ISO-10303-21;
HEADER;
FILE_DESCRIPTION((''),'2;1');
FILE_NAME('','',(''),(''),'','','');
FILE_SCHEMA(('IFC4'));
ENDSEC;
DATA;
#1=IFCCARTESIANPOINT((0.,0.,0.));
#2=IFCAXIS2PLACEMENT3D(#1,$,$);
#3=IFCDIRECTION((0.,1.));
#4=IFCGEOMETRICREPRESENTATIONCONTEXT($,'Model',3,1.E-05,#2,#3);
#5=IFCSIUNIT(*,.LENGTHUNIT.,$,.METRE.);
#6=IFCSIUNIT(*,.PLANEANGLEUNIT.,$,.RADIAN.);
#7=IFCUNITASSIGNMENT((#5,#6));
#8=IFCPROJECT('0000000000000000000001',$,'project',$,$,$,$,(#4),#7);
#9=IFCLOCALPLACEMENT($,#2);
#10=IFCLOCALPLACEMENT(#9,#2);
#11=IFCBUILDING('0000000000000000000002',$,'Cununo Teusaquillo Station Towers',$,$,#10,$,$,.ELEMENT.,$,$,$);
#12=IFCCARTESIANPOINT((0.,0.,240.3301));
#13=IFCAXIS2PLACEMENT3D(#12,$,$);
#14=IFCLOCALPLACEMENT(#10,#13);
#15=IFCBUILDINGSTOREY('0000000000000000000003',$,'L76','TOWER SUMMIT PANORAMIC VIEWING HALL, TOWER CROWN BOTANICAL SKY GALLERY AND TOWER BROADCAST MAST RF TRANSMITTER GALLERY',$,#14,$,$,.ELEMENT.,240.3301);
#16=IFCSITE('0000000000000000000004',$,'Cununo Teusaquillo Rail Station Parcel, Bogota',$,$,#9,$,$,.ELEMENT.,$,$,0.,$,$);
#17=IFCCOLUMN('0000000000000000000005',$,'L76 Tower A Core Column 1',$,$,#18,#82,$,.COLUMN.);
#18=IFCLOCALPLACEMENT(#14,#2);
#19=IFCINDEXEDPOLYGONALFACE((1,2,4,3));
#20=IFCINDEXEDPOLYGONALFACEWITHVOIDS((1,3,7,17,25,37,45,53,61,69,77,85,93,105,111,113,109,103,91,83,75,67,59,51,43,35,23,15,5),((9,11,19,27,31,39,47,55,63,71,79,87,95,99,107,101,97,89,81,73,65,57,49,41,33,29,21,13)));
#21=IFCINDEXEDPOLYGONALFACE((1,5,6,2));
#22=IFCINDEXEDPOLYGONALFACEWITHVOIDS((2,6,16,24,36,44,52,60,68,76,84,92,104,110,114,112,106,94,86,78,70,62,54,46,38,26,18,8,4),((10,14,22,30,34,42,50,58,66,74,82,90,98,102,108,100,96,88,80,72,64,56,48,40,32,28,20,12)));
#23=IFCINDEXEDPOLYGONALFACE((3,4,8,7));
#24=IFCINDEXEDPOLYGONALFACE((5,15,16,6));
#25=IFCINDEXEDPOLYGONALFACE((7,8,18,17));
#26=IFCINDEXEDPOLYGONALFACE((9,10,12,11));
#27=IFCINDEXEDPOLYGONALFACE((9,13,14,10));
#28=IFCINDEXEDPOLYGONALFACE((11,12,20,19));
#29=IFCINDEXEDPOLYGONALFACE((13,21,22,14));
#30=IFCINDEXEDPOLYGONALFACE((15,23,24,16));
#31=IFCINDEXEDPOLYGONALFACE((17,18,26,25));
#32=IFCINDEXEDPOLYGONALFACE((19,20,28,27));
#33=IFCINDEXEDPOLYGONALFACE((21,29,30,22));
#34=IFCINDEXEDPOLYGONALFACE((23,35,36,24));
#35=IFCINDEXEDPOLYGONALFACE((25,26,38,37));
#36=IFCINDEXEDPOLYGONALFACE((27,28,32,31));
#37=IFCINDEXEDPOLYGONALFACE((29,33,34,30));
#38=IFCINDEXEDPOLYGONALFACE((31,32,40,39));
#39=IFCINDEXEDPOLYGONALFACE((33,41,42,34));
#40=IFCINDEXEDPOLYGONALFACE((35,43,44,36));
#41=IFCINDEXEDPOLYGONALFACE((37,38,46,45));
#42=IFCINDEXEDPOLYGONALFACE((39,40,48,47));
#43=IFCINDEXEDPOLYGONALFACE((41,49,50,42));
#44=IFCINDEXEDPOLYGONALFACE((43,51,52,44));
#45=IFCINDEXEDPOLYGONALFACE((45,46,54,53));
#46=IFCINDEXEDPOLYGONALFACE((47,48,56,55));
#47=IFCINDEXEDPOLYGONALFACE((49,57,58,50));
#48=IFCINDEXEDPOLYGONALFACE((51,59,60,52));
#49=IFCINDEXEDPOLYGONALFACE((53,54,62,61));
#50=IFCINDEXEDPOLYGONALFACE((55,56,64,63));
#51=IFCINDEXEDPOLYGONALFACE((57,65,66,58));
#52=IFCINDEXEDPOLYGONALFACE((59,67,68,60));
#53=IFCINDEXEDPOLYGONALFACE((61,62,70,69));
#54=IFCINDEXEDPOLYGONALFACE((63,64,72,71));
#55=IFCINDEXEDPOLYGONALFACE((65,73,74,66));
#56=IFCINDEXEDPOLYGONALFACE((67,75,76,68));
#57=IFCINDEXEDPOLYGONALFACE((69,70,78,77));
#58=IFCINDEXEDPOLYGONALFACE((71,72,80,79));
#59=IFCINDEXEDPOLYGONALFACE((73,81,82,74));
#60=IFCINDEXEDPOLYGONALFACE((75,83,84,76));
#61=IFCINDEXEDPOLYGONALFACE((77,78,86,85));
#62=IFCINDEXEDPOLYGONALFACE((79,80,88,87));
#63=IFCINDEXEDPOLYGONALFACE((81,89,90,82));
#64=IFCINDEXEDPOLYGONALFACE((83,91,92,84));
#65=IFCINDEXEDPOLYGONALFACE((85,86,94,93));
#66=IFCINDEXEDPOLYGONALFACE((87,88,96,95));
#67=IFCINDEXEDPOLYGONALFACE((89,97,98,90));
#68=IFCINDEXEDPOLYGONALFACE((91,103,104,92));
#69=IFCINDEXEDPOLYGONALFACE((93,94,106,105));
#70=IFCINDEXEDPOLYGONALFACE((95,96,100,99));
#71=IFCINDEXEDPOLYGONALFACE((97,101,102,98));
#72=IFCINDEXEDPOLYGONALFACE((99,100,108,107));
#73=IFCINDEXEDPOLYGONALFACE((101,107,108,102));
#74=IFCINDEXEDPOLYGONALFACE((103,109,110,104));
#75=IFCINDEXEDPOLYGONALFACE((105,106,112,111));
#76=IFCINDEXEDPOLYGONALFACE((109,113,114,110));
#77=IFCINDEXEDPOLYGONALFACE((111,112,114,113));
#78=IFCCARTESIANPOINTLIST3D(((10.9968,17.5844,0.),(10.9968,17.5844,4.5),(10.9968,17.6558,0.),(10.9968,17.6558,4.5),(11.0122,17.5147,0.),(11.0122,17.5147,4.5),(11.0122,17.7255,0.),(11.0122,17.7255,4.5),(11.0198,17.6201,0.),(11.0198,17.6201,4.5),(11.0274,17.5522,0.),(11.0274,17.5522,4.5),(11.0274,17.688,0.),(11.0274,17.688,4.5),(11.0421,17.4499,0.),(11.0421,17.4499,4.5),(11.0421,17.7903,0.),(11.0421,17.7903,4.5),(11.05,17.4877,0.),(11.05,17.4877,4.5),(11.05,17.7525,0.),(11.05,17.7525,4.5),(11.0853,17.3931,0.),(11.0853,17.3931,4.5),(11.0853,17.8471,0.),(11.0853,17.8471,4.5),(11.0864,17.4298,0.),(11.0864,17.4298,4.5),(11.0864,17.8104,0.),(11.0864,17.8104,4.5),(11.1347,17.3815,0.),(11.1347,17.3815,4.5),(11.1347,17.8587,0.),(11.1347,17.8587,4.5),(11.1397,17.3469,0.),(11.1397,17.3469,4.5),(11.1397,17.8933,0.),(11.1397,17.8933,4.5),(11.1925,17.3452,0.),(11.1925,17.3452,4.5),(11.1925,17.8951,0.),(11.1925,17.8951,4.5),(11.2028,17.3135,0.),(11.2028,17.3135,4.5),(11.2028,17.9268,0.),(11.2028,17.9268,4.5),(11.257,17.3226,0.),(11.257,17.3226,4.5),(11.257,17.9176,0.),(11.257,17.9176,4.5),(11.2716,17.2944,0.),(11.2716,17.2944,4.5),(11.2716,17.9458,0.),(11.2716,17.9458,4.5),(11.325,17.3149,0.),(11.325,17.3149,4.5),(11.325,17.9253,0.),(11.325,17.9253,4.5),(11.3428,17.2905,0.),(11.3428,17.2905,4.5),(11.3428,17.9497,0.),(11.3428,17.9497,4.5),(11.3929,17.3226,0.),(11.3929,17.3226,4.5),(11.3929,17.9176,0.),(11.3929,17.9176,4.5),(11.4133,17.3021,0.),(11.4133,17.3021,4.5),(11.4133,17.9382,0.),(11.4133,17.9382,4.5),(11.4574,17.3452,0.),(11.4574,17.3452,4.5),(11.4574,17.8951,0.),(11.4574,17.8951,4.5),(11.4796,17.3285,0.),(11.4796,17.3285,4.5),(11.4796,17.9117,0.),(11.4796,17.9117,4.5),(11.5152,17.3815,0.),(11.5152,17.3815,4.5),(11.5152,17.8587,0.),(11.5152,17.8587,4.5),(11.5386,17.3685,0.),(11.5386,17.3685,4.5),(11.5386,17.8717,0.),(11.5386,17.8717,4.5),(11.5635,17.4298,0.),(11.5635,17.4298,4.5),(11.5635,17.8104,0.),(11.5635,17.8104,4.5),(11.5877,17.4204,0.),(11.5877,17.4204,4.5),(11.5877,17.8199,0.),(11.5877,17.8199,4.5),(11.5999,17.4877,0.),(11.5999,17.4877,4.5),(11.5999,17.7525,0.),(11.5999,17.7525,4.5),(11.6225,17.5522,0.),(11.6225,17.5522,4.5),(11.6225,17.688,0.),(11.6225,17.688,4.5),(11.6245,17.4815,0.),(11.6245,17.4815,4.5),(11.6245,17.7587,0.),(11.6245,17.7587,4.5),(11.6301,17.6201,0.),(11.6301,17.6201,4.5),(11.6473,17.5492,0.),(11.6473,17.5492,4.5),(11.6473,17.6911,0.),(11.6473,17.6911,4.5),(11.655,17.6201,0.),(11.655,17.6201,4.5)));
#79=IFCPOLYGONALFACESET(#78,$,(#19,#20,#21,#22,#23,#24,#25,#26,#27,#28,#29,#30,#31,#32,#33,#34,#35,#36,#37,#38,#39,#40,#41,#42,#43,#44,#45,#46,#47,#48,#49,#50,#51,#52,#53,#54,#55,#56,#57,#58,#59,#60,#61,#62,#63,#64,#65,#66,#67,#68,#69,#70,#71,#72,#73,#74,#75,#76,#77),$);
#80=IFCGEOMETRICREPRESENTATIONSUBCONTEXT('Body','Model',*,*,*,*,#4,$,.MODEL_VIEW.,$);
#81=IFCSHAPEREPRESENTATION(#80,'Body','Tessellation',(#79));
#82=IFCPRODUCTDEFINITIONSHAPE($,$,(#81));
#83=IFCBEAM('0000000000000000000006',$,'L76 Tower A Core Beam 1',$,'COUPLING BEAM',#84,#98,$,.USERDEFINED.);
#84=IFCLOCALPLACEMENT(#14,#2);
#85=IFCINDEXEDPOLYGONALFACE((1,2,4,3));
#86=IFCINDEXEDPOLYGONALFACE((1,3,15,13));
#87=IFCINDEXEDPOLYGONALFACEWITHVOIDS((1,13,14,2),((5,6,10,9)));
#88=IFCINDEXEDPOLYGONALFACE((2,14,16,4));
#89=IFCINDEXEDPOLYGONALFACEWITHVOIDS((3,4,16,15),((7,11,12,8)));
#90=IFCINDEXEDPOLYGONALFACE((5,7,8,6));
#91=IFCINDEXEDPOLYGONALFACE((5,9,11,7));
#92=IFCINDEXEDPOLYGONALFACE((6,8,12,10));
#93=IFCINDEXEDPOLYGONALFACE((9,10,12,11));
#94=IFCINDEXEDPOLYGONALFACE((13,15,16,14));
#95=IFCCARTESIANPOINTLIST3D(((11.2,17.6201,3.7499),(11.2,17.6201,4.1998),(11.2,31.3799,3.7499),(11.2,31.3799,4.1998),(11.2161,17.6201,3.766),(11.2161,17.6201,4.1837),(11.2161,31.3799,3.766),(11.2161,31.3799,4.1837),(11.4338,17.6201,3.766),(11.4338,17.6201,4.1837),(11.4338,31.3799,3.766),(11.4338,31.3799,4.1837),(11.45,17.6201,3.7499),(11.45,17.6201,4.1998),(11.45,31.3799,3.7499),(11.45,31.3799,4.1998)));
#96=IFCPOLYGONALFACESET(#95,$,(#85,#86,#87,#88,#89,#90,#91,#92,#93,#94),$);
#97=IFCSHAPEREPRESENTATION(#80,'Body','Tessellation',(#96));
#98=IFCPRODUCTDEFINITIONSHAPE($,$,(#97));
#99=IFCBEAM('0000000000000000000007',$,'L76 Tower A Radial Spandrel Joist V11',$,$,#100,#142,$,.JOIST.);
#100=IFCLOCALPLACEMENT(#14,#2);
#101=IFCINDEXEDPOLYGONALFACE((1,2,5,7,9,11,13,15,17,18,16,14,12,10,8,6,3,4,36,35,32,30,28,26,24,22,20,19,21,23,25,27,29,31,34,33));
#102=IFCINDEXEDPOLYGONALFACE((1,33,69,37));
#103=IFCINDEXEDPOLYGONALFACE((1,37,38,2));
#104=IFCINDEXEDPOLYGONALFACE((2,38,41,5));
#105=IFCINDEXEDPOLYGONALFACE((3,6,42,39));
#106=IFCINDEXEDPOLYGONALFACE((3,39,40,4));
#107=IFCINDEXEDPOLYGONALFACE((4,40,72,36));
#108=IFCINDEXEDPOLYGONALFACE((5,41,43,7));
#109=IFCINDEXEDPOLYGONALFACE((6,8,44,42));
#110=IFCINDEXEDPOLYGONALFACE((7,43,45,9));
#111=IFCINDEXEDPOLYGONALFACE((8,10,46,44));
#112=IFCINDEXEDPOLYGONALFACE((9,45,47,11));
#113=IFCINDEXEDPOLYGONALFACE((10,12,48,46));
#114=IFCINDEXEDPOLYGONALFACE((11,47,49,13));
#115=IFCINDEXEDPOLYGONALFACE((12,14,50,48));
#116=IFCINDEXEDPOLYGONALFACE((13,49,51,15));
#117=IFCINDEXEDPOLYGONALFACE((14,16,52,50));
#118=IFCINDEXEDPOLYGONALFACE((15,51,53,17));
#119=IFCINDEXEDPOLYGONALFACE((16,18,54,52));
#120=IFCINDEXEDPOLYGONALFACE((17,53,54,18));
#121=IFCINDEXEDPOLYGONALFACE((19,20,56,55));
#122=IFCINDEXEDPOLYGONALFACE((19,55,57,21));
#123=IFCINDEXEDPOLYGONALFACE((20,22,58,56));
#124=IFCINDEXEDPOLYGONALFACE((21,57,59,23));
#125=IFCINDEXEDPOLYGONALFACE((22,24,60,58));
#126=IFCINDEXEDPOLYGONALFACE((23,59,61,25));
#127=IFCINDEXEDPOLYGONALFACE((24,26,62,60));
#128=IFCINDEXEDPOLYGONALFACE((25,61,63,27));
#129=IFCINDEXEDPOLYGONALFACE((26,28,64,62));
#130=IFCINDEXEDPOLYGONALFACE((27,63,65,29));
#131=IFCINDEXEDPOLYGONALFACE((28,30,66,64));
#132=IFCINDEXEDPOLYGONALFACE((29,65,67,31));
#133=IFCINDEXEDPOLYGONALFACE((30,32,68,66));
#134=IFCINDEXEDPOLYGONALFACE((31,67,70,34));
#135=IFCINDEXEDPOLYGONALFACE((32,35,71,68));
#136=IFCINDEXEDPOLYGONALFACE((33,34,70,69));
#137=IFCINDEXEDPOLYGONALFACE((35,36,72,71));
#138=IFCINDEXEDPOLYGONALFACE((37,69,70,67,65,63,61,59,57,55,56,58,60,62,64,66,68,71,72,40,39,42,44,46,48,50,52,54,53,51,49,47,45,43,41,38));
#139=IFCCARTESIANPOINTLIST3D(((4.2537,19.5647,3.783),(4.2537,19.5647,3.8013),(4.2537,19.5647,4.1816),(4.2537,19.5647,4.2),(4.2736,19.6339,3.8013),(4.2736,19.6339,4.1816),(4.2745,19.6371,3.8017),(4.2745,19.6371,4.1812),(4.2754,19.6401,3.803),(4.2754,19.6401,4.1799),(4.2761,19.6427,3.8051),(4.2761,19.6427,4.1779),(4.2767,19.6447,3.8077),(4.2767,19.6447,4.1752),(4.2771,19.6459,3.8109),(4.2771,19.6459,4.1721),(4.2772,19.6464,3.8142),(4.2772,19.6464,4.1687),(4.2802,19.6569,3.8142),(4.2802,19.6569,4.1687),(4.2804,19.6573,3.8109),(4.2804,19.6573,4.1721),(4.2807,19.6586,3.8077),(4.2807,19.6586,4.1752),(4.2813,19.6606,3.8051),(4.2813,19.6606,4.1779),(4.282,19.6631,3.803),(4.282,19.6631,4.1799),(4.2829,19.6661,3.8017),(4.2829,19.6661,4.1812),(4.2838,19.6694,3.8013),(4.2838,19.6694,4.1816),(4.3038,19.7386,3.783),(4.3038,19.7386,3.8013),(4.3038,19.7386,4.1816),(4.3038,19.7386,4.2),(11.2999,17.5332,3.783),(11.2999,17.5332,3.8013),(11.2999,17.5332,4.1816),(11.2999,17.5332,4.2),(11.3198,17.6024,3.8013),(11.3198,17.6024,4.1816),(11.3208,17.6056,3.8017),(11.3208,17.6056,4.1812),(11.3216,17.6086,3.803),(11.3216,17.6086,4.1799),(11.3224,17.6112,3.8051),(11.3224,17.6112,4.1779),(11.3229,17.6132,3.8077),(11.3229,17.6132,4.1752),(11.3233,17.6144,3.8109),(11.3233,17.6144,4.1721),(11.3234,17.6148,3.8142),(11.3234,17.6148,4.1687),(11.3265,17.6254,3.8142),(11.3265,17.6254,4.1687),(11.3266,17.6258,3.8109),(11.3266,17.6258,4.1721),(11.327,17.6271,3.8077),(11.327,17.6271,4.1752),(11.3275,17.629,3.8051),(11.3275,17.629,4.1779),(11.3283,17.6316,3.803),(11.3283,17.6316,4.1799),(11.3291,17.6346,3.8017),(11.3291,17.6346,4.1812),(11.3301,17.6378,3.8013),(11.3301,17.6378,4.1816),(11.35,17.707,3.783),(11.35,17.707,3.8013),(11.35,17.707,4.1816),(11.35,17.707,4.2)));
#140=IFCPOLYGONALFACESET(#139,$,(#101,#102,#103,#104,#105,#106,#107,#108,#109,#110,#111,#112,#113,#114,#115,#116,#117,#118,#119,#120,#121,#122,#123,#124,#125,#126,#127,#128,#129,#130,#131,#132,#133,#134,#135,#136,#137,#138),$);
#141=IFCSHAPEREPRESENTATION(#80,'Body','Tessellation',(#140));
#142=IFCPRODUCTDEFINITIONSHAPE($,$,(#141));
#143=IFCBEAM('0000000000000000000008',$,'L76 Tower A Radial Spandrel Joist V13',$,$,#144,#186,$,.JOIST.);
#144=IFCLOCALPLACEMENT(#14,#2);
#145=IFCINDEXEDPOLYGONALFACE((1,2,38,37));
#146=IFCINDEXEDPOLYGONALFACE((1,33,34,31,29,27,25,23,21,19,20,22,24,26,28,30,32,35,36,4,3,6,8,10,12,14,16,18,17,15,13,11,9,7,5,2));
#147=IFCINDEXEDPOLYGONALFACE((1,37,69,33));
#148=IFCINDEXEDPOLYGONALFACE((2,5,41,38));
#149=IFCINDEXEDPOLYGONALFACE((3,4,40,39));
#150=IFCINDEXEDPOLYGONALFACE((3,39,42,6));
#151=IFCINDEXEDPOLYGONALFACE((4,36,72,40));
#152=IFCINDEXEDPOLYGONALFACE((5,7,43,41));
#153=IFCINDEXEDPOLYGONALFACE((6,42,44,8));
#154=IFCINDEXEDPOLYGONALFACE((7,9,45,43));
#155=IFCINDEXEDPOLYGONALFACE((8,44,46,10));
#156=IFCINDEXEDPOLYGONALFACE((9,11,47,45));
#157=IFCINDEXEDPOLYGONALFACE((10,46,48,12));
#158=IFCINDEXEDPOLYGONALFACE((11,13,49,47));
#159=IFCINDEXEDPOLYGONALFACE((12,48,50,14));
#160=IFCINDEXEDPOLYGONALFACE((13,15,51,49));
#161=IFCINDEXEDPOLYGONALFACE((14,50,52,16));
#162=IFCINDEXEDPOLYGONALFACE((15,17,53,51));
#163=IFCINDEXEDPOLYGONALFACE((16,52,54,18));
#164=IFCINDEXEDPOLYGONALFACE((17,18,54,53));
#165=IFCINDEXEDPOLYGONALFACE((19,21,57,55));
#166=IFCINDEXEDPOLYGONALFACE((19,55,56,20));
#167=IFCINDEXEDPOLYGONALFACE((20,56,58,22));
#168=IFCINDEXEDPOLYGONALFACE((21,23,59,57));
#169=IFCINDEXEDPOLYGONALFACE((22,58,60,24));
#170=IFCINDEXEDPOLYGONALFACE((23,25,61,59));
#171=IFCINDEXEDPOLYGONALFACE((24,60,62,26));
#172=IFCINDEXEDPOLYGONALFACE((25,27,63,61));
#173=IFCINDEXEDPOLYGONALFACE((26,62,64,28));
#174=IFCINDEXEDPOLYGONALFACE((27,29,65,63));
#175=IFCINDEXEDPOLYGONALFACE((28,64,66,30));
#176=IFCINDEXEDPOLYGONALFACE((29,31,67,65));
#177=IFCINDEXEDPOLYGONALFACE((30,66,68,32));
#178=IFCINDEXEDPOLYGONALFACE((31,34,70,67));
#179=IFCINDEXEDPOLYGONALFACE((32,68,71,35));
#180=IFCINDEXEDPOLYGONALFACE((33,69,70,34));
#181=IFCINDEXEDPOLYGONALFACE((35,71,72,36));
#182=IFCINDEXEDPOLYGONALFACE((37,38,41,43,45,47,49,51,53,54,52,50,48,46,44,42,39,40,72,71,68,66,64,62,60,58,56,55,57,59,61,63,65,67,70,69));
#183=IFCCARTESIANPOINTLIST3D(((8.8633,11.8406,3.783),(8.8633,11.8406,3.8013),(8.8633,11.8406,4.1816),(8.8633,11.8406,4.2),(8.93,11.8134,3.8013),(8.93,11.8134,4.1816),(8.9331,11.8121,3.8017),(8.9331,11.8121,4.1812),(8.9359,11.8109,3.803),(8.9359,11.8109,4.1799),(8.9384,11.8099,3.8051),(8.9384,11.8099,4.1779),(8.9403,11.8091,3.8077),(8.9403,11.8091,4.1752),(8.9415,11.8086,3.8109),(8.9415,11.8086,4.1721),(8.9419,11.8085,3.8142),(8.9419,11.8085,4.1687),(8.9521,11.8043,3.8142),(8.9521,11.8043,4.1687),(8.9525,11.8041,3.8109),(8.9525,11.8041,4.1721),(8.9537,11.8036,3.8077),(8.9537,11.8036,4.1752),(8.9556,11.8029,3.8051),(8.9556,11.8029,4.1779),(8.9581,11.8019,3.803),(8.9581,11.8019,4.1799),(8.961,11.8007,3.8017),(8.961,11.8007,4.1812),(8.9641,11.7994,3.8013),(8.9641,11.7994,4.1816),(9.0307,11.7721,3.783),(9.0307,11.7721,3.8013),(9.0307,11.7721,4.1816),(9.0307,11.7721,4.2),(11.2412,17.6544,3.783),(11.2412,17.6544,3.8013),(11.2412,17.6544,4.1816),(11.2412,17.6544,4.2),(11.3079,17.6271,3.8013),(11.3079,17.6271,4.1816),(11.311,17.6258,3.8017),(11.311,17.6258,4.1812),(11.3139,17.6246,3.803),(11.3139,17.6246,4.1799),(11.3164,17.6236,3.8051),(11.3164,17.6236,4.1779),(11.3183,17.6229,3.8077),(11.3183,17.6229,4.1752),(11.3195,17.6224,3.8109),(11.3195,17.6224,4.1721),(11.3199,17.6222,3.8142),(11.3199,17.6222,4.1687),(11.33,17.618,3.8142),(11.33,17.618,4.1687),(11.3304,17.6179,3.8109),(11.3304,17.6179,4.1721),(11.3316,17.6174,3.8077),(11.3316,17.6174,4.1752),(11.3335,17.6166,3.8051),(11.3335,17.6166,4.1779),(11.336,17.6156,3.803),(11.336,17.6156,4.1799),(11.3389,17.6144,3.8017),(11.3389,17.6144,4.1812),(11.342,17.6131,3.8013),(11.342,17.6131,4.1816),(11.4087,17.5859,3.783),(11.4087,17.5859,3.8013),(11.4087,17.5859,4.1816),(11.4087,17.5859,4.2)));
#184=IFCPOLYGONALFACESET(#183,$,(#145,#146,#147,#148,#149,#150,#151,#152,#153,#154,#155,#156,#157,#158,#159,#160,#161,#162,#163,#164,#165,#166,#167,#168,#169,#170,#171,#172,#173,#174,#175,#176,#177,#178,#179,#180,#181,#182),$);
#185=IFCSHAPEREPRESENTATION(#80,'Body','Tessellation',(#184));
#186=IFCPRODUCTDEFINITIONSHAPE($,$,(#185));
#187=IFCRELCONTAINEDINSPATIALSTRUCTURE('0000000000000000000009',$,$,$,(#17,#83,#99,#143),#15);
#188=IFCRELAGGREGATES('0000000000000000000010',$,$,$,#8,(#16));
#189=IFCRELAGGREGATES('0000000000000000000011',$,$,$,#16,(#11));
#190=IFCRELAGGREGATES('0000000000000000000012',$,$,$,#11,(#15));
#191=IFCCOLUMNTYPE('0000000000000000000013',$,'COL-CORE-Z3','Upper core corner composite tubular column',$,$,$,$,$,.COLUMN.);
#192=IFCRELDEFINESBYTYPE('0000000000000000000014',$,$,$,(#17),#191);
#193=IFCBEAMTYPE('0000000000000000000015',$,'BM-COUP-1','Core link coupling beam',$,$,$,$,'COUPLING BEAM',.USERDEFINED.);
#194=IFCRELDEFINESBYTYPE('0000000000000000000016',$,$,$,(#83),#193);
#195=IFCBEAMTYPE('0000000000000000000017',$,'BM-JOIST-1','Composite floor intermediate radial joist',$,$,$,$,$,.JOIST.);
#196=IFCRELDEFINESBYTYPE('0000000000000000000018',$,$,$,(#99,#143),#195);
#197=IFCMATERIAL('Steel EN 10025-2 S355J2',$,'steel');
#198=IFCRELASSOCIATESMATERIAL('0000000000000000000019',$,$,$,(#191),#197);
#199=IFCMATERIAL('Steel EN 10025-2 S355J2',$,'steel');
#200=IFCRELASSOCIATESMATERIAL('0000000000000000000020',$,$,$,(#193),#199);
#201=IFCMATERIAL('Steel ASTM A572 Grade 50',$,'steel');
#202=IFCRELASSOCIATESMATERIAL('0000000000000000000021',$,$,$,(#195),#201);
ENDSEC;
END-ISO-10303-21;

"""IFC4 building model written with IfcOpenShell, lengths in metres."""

from ifc_helpers import new_model, si_unit, direction, frame, origin, origin_2d, place, context, subcontext, project, spatial, hollow_rectangle, hollow_circle, i_section, extrude, material, material_profile, profile_set, type_object, element, save


model = new_model("IFC4")

# Units and contexts
model_context = context("Model", 3, precision=1e-05, world=origin(), true_north=direction((0.0, 1.0)))
body_context = subcontext(model_context, "Body", "Model", "MODEL_VIEW")
ifc_project = project(units=[si_unit("LENGTHUNIT", "METRE"), si_unit("PLANEANGLEUNIT", "RADIAN")], contexts=[model_context])

# Site, building, storey
site_placement = place(None, origin())
site = spatial("IfcSite", under=ifc_project, at=site_placement, Name="Cununo Teusaquillo Rail Station Parcel, Bogota", CompositionType="ELEMENT", RefElevation=0.0)
building_placement = place(site_placement, origin())
building = spatial("IfcBuilding", under=site, at=building_placement, Name="Cununo Teusaquillo Station Towers", CompositionType="ELEMENT")
storey_placement = place(building_placement, frame((0.0, 0.0, 240.3301)))
storey = spatial("IfcBuildingStorey", under=building, at=storey_placement, Name="L76", Description="TOWER SUMMIT PANORAMIC VIEWING HALL, TOWER CROWN BOTANICAL SKY GALLERY AND TOWER BROADCAST MAST RF TRANSMITTER GALLERY", CompositionType="ELEMENT", Elevation=240.3301)

# Column
ifc_material_1 = material(Name="Steel EN 10025-2 S355J2", Category="steel")
ifc_material_profile_1 = material_profile(ifc_material_1, hollow_circle(Radius=0.3301, WallThickness=0.0249, at=origin_2d()), Name="CHS 660x25")
ifc_profile_set_1 = profile_set([ifc_material_profile_1], Name="Steel EN 10025-2 S355J2")
column_type = type_object("IfcColumnType", Name="COL-CORE-Z3", Description="Upper core corner composite tubular column", PredefinedType="COLUMN", material=ifc_profile_set_1)
column_placement = place(storey_placement, frame((11.325, 17.6201, 0.0), z_axis=(0.0, 0.0, 1.0), x_axis=(1.0, 0.0, 0.0)))
element("IfcColumn", 1, at=column_placement, inside=storey, type_object=column_type, Name="L76 Tower A Core Column 1", PredefinedType="COLUMN", context=body_context, shape_type="SweptSolid", body=[
    extrude(hollow_circle(Radius=0.3301, WallThickness=0.0249, at=origin_2d()), origin(), (0.0, 0.0, 1.0), 4.5),
])

# Beams
ifc_material_2 = material(Name="Steel EN 10025-2 S355J2", Category="steel")
ifc_material_profile_2 = material_profile(ifc_material_2, hollow_rectangle(XDim=0.25, YDim=0.45, WallThickness=0.0161, at=origin_2d()), Name="RHS 450x250x16")
ifc_profile_set_2 = profile_set([ifc_material_profile_2], Name="Steel EN 10025-2 S355J2")
beam_type_1 = type_object("IfcBeamType", Name="BM-COUP-1", Description="Core link coupling beam", ElementType="COUPLING BEAM", PredefinedType="USERDEFINED", material=ifc_profile_set_2)
beam_1_placement = place(storey_placement, frame((11.325, 17.6201, 3.9749), z_axis=(0.0, 1.0, 0.0), x_axis=(-1.0, 0.0, 0.0)))
element("IfcBeam", 2, at=beam_1_placement, inside=storey, type_object=beam_type_1, Name="L76 Tower A Core Beam 1", ObjectType="COUPLING BEAM", PredefinedType="USERDEFINED", context=body_context, shape_type="SweptSolid", body=[
    extrude(hollow_rectangle(XDim=0.25, YDim=0.45, WallThickness=0.0161, at=origin_2d()), origin(), (0.0, 0.0, 1.0), 13.7598),
])
ifc_material_3 = material(Name="Steel ASTM A572 Grade 50", Category="steel")
ifc_material_profile_3 = material_profile(ifc_material_3, i_section(OverallWidth=0.1809, OverallDepth=0.417, WebThickness=0.011, FlangeThickness=0.0183, FilletRadius=0.0129, at=origin_2d()), Name="W16X57")
ifc_profile_set_3 = profile_set([ifc_material_profile_3], Name="Steel ASTM A572 Grade 50")
beam_type_2 = type_object("IfcBeamType", Name="BM-JOIST-1", Description="Composite floor intermediate radial joist", PredefinedType="JOIST", material=ifc_profile_set_3)
beam_2_placement = place(storey_placement, frame((11.325, 17.6201, 3.9915), z_axis=(-0.960862, 0.277029, 0.0), x_axis=(-0.277029, -0.960862, 0.0)))
element("IfcBeam", 3, at=beam_2_placement, inside=storey, type_object=beam_type_2, Name="L76 Tower A Radial Spandrel Joist V11", PredefinedType="JOIST", context=body_context, shape_type="SweptSolid", body=[
    extrude(i_section(OverallWidth=0.1809, OverallDepth=0.417, WebThickness=0.011, FlangeThickness=0.0183, FilletRadius=0.0129, at=origin_2d()), origin(), (0.0, 0.0, 1.0), 7.3333),
])
beam_3_placement = place(storey_placement, frame((11.325, 17.6201, 3.9915), z_axis=(-0.378577, -0.92557, 0.0), x_axis=(0.92557, -0.378577, 0.0)))
element("IfcBeam", 4, at=beam_3_placement, inside=storey, type_object=beam_type_2, Name="L76 Tower A Radial Spandrel Joist V13", PredefinedType="JOIST", context=body_context, shape_type="SweptSolid", body=[
    extrude(i_section(OverallWidth=0.1809, OverallDepth=0.417, WebThickness=0.011, FlangeThickness=0.0183, FilletRadius=0.0129, at=origin_2d()), origin(), (0.0, 0.0, 1.0), 6.2812),
])

save(model, "model.ifc")
